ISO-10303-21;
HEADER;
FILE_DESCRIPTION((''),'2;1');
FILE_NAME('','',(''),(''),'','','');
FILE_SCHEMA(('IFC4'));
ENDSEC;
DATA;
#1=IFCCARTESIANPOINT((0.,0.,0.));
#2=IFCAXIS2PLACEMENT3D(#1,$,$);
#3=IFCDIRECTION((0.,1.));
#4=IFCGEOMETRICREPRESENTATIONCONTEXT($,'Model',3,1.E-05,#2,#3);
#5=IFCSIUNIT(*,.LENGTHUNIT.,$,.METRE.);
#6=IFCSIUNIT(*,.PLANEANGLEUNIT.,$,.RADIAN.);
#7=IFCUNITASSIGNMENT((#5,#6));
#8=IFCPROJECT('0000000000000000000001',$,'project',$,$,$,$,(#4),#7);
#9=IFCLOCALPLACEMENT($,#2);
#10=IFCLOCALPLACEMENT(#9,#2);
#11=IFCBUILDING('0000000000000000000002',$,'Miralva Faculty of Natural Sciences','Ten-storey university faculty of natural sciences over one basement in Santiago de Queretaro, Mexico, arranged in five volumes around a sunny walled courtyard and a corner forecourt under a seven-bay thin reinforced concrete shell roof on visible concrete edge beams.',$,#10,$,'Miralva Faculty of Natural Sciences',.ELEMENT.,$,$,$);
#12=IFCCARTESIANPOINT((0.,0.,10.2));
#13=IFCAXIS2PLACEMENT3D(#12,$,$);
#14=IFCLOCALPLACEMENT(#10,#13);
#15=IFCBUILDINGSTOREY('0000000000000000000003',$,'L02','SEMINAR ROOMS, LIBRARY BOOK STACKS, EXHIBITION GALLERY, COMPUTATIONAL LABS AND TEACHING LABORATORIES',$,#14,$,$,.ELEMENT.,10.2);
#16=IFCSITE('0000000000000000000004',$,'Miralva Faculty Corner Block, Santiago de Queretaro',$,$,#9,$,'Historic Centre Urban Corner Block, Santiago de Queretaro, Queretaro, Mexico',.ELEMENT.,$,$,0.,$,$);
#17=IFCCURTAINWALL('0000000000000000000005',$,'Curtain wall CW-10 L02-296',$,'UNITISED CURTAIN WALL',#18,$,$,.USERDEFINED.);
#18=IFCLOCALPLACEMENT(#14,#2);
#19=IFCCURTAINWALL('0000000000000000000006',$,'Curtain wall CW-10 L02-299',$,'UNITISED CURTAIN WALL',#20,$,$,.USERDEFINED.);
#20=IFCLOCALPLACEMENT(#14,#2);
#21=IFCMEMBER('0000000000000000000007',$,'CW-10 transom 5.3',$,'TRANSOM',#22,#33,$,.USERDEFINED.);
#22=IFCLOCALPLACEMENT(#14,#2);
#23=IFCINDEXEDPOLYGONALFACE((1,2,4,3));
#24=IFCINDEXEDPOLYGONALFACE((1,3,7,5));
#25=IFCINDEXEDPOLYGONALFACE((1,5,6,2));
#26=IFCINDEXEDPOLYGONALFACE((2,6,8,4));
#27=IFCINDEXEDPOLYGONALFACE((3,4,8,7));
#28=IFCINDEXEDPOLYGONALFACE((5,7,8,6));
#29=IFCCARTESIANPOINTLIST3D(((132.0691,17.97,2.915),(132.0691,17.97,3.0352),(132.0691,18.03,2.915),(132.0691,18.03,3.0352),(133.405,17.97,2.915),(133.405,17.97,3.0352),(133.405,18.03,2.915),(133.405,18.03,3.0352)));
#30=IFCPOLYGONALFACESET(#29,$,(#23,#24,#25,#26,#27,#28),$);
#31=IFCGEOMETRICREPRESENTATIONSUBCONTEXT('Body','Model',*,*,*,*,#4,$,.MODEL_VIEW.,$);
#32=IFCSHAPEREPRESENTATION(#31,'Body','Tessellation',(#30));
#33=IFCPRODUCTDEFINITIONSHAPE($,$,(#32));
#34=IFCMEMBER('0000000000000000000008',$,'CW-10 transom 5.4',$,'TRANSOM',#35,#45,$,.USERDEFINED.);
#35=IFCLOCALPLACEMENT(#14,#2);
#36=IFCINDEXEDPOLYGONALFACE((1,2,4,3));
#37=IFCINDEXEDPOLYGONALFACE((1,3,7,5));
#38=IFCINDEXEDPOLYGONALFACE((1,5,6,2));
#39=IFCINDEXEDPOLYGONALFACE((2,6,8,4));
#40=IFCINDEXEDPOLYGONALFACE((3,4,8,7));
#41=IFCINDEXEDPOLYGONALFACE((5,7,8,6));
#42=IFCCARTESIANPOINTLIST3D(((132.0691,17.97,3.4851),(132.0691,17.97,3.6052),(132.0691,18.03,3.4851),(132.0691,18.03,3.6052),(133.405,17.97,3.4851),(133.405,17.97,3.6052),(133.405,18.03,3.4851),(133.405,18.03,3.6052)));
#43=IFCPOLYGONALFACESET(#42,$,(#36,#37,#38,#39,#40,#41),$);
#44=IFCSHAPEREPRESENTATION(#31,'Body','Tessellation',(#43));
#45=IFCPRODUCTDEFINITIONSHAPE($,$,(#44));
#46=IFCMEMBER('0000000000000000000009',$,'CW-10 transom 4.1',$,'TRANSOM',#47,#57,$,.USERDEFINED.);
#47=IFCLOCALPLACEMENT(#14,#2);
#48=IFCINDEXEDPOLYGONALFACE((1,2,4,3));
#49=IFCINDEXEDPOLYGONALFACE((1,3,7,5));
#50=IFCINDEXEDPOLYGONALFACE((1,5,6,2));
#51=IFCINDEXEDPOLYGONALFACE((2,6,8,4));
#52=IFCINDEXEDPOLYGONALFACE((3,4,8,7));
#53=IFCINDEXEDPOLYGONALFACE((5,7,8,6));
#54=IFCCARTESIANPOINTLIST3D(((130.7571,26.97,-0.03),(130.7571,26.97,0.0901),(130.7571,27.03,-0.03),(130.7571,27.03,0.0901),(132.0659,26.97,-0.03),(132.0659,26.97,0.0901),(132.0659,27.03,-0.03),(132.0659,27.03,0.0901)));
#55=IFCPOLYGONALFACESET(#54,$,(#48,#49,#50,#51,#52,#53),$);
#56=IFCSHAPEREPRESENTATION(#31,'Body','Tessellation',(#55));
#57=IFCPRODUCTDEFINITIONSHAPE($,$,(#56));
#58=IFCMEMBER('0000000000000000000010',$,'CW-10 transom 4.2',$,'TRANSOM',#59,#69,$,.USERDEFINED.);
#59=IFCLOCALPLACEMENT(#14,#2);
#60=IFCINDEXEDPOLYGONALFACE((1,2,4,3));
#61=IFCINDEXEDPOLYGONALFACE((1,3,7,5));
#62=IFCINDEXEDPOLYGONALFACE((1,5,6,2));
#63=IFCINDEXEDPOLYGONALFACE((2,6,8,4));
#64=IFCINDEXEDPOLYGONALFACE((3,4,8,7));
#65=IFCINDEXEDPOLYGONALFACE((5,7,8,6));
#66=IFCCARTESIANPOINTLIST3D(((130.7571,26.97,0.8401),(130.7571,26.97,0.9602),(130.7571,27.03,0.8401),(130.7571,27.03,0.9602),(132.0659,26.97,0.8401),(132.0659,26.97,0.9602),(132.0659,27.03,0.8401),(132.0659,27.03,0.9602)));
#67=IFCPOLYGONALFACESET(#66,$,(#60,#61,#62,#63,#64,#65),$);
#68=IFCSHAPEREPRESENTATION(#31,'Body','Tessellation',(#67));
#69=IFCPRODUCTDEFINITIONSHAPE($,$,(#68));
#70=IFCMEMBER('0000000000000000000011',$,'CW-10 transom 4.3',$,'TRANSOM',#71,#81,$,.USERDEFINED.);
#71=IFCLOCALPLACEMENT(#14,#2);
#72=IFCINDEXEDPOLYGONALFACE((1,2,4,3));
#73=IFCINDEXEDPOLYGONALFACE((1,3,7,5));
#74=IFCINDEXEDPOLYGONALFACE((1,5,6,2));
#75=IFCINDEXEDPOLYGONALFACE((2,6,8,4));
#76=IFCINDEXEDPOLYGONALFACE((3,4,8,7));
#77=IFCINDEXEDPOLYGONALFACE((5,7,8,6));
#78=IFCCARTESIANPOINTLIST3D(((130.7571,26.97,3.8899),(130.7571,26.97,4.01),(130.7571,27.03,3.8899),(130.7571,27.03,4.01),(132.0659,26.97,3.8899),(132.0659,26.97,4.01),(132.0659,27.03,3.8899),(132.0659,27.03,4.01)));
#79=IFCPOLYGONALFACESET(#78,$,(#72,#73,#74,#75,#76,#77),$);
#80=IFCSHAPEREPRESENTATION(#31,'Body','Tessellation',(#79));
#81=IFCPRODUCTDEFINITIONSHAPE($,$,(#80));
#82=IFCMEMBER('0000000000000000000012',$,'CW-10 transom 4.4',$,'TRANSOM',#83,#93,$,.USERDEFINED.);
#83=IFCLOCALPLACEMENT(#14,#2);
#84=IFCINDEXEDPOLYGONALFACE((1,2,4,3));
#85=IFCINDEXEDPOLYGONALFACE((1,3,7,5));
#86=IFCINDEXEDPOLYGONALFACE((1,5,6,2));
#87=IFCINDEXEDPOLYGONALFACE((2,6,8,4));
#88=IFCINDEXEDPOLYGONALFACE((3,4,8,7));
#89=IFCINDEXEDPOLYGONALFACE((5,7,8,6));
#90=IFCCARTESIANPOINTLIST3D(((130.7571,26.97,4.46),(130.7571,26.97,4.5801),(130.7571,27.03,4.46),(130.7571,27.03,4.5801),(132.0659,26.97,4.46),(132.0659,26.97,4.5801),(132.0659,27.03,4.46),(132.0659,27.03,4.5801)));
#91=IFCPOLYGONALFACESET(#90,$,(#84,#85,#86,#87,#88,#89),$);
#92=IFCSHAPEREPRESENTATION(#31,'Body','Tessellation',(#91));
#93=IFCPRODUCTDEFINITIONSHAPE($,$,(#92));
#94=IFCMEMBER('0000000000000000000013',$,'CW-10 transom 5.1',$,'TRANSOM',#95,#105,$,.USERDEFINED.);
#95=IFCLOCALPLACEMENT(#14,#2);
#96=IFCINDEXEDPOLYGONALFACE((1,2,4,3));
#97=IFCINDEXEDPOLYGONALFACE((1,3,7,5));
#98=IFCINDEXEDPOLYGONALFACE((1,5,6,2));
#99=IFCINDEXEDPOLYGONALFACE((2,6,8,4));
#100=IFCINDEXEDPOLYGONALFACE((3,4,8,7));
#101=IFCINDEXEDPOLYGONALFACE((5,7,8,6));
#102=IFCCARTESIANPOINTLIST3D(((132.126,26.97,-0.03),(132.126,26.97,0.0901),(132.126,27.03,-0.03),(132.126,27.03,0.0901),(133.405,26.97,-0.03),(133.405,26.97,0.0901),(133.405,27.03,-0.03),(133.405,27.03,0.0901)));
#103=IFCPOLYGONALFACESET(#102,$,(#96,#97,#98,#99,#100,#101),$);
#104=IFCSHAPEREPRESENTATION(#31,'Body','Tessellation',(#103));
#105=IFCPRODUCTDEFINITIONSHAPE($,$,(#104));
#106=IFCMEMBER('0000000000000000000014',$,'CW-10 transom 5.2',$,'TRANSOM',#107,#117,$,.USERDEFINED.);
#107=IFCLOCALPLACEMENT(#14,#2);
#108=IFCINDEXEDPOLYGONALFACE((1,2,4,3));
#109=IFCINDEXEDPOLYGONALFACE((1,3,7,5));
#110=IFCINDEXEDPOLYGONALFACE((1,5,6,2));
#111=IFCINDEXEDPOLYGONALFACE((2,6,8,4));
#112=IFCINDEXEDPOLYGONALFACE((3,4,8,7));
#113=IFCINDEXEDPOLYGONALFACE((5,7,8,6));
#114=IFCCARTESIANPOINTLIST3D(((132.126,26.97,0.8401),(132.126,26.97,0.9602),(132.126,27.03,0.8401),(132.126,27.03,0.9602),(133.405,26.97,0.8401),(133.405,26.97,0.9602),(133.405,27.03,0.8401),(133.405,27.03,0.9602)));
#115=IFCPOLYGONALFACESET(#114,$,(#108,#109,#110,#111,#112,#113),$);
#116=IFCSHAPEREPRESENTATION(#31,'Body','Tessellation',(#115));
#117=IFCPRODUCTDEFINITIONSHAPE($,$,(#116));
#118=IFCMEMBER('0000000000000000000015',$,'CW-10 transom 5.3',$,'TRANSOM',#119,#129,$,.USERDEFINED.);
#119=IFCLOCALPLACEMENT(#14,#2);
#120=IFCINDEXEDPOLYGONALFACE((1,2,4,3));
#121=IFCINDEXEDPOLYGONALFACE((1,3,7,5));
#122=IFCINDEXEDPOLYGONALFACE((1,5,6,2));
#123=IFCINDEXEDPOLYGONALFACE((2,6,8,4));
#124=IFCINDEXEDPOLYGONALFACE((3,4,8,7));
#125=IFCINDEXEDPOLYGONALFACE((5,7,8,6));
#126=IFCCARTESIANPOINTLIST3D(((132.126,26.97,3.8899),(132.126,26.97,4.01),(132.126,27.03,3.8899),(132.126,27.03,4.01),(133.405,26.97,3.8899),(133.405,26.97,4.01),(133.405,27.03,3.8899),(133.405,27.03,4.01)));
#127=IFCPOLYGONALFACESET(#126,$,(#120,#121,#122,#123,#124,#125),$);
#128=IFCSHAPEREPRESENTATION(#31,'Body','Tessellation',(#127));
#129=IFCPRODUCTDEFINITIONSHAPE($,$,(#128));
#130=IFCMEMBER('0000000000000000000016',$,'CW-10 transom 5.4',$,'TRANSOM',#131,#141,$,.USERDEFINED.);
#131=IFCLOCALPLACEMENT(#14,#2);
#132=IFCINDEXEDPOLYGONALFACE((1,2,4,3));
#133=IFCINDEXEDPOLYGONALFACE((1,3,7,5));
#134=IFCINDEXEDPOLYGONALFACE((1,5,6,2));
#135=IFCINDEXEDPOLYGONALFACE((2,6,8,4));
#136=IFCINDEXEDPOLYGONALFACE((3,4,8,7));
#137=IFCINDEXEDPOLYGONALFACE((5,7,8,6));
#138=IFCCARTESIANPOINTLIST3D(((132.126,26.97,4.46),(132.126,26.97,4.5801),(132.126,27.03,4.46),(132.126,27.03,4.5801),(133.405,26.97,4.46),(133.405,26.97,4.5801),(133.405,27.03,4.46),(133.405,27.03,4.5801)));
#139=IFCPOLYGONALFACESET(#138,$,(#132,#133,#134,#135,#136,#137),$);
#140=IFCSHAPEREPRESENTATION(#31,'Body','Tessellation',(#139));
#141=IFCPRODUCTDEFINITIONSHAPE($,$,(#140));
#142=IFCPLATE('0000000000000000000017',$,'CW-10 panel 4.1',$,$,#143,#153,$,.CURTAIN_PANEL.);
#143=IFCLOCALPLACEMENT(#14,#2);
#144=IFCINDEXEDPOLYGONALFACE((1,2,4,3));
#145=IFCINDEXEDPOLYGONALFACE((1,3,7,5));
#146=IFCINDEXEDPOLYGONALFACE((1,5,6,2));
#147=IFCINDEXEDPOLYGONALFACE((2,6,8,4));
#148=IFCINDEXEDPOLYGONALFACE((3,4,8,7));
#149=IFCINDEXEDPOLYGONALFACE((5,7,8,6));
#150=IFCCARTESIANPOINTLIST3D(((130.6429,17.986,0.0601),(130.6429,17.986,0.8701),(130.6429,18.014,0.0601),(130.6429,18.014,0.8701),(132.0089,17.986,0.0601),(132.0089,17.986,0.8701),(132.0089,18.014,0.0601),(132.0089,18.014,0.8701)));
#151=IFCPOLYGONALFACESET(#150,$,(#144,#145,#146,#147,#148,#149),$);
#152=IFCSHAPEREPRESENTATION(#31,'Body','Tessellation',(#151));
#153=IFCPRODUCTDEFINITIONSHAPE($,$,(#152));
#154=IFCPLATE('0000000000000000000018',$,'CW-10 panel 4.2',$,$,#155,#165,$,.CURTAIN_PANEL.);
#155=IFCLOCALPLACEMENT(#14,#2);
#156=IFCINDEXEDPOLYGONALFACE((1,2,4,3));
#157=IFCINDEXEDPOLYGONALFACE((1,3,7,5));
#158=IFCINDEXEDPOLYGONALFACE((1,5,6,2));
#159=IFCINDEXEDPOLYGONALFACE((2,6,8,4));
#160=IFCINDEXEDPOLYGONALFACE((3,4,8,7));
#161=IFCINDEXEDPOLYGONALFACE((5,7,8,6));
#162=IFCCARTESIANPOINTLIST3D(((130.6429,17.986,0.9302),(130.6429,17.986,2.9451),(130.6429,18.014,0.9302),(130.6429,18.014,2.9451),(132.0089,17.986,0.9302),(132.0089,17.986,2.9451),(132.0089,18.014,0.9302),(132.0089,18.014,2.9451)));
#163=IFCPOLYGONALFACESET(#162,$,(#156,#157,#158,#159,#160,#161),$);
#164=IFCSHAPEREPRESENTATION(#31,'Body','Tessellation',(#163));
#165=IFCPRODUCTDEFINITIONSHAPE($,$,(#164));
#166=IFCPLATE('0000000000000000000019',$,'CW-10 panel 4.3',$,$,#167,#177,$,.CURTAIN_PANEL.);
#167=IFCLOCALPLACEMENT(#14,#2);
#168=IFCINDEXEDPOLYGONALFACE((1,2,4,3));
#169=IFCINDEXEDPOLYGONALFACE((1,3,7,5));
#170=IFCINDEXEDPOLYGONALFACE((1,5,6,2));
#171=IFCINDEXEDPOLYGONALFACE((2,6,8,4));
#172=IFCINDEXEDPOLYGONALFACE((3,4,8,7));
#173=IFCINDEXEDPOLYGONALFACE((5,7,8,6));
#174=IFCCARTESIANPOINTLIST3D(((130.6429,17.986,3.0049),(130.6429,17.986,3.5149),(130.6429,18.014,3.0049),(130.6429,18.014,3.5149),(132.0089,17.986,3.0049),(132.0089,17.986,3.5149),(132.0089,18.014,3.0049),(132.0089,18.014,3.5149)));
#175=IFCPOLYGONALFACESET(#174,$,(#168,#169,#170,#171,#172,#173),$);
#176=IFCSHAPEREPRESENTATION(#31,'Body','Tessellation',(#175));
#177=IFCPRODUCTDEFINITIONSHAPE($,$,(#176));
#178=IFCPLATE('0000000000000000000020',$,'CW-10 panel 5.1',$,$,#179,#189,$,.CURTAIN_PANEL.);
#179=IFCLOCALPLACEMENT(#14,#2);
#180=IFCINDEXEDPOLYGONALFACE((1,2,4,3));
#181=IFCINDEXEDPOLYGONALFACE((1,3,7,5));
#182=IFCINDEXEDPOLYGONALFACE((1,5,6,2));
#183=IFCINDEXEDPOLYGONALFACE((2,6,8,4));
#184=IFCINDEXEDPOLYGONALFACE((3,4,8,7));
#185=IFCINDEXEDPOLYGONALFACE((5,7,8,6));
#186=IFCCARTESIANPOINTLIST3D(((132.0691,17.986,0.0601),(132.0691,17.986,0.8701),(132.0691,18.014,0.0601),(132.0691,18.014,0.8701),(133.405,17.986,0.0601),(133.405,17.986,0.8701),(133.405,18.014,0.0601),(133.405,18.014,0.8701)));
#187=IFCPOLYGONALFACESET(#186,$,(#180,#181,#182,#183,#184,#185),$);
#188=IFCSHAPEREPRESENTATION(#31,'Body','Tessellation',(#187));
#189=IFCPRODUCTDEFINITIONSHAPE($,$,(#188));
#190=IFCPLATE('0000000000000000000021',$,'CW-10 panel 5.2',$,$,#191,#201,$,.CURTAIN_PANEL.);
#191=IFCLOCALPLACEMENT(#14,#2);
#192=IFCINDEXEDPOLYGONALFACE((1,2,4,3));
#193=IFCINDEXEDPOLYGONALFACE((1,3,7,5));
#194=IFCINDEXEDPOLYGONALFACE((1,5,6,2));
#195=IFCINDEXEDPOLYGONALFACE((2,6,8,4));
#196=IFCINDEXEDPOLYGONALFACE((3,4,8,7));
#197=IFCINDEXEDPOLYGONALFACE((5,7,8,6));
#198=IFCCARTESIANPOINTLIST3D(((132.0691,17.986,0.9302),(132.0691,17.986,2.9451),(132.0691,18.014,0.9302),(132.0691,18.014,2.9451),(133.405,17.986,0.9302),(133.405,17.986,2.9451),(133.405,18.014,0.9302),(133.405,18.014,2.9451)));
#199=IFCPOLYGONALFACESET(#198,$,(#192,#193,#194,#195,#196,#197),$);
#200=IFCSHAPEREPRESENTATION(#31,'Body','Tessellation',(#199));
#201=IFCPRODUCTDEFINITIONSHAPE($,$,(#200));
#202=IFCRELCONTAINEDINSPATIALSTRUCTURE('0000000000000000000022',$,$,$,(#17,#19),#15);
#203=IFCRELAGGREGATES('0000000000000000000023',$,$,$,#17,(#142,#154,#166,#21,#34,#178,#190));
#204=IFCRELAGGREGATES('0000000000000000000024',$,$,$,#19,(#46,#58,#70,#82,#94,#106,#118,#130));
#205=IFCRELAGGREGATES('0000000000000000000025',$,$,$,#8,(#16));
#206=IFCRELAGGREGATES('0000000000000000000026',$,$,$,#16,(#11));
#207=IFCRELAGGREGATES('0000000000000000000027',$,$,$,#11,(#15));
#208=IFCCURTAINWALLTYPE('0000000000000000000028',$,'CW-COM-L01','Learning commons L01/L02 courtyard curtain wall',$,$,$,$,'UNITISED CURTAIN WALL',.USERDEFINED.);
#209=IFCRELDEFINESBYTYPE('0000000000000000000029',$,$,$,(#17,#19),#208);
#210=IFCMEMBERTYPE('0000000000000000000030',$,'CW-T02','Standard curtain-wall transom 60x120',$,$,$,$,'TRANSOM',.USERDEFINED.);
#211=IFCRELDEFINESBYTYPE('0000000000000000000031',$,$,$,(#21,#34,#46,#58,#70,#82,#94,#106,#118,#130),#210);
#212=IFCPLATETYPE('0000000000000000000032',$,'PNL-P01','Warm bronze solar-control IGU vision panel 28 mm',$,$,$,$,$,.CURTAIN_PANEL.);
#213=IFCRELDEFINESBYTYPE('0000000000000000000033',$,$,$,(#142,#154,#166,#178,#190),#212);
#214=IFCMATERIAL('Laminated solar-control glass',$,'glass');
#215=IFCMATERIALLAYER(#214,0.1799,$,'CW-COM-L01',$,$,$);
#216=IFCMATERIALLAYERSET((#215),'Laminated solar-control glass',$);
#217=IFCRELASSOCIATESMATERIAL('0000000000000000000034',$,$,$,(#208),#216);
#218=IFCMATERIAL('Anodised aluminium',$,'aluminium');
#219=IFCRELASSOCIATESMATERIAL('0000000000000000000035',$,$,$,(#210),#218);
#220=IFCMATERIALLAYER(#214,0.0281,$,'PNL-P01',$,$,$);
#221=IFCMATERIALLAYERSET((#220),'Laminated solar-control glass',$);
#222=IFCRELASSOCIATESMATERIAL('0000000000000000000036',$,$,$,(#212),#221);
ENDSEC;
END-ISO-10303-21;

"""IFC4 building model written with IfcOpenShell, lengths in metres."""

from ifc_helpers import new_model, si_unit, direction, frame, origin, origin_2d, place, context, subcontext, project, spatial, rectangle, extrude, material, layer, layer_set, material_profile, profile_set, type_object, element, aggregate, save


model = new_model("IFC4")

# Units and contexts
model_context = context("Model", 3, precision=1e-05, world=origin(), true_north=direction((0.0, 1.0)))
body_context = subcontext(model_context, "Body", "Model", "MODEL_VIEW")
ifc_project = project(units=[si_unit("LENGTHUNIT", "METRE"), si_unit("PLANEANGLEUNIT", "RADIAN")], contexts=[model_context])

# Site, building, storey
site_placement = place(None, origin())
site = spatial("IfcSite", under=ifc_project, at=site_placement, Name="Miralva Faculty Corner Block, Santiago de Queretaro", LongName="Historic Centre Urban Corner Block, Santiago de Queretaro, Queretaro, Mexico", CompositionType="ELEMENT", RefElevation=0.0)
building_placement = place(site_placement, origin())
building = spatial("IfcBuilding", under=site, at=building_placement, Name="Miralva Faculty of Natural Sciences", Description="Ten-storey university faculty of natural sciences over one basement in Santiago de Queretaro, Mexico, arranged in five volumes around a sunny walled courtyard and a corner forecourt under a seven-bay thin reinforced concrete shell roof on visible concrete edge beams.", LongName="Miralva Faculty of Natural Sciences", CompositionType="ELEMENT")
storey_placement = place(building_placement, frame((0.0, 0.0, 10.2)))
storey = spatial("IfcBuildingStorey", under=building, at=storey_placement, Name="L02", Description="SEMINAR ROOMS, LIBRARY BOOK STACKS, EXHIBITION GALLERY, COMPUTATIONAL LABS AND TEACHING LABORATORIES", CompositionType="ELEMENT", Elevation=10.2)

# Curtain walls
ifc_material_1 = material(Name="Laminated solar-control glass", Category="glass")
ifc_layer_1 = layer(ifc_material_1, 0.1799, Name="CW-COM-L01")
ifc_layer_set_1 = layer_set([ifc_layer_1], Name="Laminated solar-control glass")
curtain_wall_type = type_object("IfcCurtainWallType", Name="CW-COM-L01", Description="Learning commons L01/L02 courtyard curtain wall", ElementType="UNITISED CURTAIN WALL", PredefinedType="USERDEFINED", material=ifc_layer_set_1)
curtain_wall_1_placement = place(storey_placement, origin())
curtain_wall_1 = element("IfcCurtainWall", 1, at=curtain_wall_1_placement, inside=storey, type_object=curtain_wall_type, Name="Curtain wall CW-10 L02-296", ObjectType="UNITISED CURTAIN WALL", PredefinedType="USERDEFINED")
ifc_material_2 = material(Name="Anodised aluminium", Category="aluminium")
curtain_wall_2_placement = place(storey_placement, origin())
curtain_wall_2 = element("IfcCurtainWall", 2, at=curtain_wall_2_placement, inside=storey, type_object=curtain_wall_type, Name="Curtain wall CW-10 L02-299", ObjectType="UNITISED CURTAIN WALL", PredefinedType="USERDEFINED")

# Members
ifc_material_profile_1 = material_profile(ifc_material_2, rectangle(XDim=0.0601, YDim=0.1201, at=origin_2d()), Name="TRANSOM 60x120")
ifc_profile_set_1 = profile_set([ifc_material_profile_1], Name="Anodised aluminium")
member_type_1 = type_object("IfcMemberType", Name="CW-T02", Description="Standard curtain-wall transom 60x120", ElementType="TRANSOM", PredefinedType="USERDEFINED", material=ifc_profile_set_1)
member_1_placement = place(storey_placement, frame((132.0691, 18.0, 2.9751), z_axis=(1.0, 0.0, 0.0), x_axis=(0.0, 1.0, 0.0)))
member_1 = element("IfcMember", 3, at=member_1_placement, type_object=member_type_1, Name="CW-10 transom 5.3", ObjectType="TRANSOM", PredefinedType="USERDEFINED", context=body_context, shape_type="SweptSolid", body=[
    extrude(rectangle(XDim=0.0601, YDim=0.1201, at=origin_2d()), origin(), (0.0, 0.0, 1.0), 1.3359),
])
member_2_placement = place(storey_placement, frame((132.0691, 18.0, 3.5452), z_axis=(1.0, 0.0, 0.0), x_axis=(0.0, 1.0, 0.0)))
member_2 = element("IfcMember", 4, at=member_2_placement, type_object=member_type_1, Name="CW-10 transom 5.4", ObjectType="TRANSOM", PredefinedType="USERDEFINED", context=body_context, shape_type="SweptSolid", body=[
    extrude(rectangle(XDim=0.0601, YDim=0.1201, at=origin_2d()), origin(), (0.0, 0.0, 1.0), 1.3359),
])
member_3_placement = place(storey_placement, frame((130.7571, 27.0, 0.03), z_axis=(1.0, 0.0, 0.0), x_axis=(0.0, 1.0, 0.0)))
member_3 = element("IfcMember", 5, at=member_3_placement, type_object=member_type_1, Name="CW-10 transom 4.1", ObjectType="TRANSOM", PredefinedType="USERDEFINED", context=body_context, shape_type="SweptSolid", body=[
    extrude(rectangle(XDim=0.0601, YDim=0.1201, at=origin_2d()), origin(), (0.0, 0.0, 1.0), 1.3088),
])
member_4_placement = place(storey_placement, frame((130.7571, 27.0, 0.9001), z_axis=(1.0, 0.0, 0.0), x_axis=(0.0, 1.0, 0.0)))
member_4 = element("IfcMember", 6, at=member_4_placement, type_object=member_type_1, Name="CW-10 transom 4.2", ObjectType="TRANSOM", PredefinedType="USERDEFINED", context=body_context, shape_type="SweptSolid", body=[
    extrude(rectangle(XDim=0.0601, YDim=0.1201, at=origin_2d()), origin(), (0.0, 0.0, 1.0), 1.3088),
])
member_5_placement = place(storey_placement, frame((130.7571, 27.0, 3.95), z_axis=(1.0, 0.0, 0.0), x_axis=(0.0, 1.0, 0.0)))
member_5 = element("IfcMember", 7, at=member_5_placement, type_object=member_type_1, Name="CW-10 transom 4.3", ObjectType="TRANSOM", PredefinedType="USERDEFINED", context=body_context, shape_type="SweptSolid", body=[
    extrude(rectangle(XDim=0.0601, YDim=0.1201, at=origin_2d()), origin(), (0.0, 0.0, 1.0), 1.3088),
])
member_6_placement = place(storey_placement, frame((130.7571, 27.0, 4.52), z_axis=(1.0, 0.0, 0.0), x_axis=(0.0, 1.0, 0.0)))
member_6 = element("IfcMember", 8, at=member_6_placement, type_object=member_type_1, Name="CW-10 transom 4.4", ObjectType="TRANSOM", PredefinedType="USERDEFINED", context=body_context, shape_type="SweptSolid", body=[
    extrude(rectangle(XDim=0.0601, YDim=0.1201, at=origin_2d()), origin(), (0.0, 0.0, 1.0), 1.3088),
])
member_7_placement = place(storey_placement, frame((132.126, 27.0, 0.03), z_axis=(1.0, 0.0, 0.0), x_axis=(0.0, 1.0, 0.0)))
member_7 = element("IfcMember", 9, at=member_7_placement, type_object=member_type_1, Name="CW-10 transom 5.1", ObjectType="TRANSOM", PredefinedType="USERDEFINED", context=body_context, shape_type="SweptSolid", body=[
    extrude(rectangle(XDim=0.0601, YDim=0.1201, at=origin_2d()), origin(), (0.0, 0.0, 1.0), 1.2791),
])
member_8_placement = place(storey_placement, frame((132.126, 27.0, 0.9001), z_axis=(1.0, 0.0, 0.0), x_axis=(0.0, 1.0, 0.0)))
member_8 = element("IfcMember", 10, at=member_8_placement, type_object=member_type_1, Name="CW-10 transom 5.2", ObjectType="TRANSOM", PredefinedType="USERDEFINED", context=body_context, shape_type="SweptSolid", body=[
    extrude(rectangle(XDim=0.0601, YDim=0.1201, at=origin_2d()), origin(), (0.0, 0.0, 1.0), 1.2791),
])
member_9_placement = place(storey_placement, frame((132.126, 27.0, 3.95), z_axis=(1.0, 0.0, 0.0), x_axis=(0.0, 1.0, 0.0)))
member_9 = element("IfcMember", 11, at=member_9_placement, type_object=member_type_1, Name="CW-10 transom 5.3", ObjectType="TRANSOM", PredefinedType="USERDEFINED", context=body_context, shape_type="SweptSolid", body=[
    extrude(rectangle(XDim=0.0601, YDim=0.1201, at=origin_2d()), origin(), (0.0, 0.0, 1.0), 1.2791),
])
member_10_placement = place(storey_placement, frame((132.126, 27.0, 4.52), z_axis=(1.0, 0.0, 0.0), x_axis=(0.0, 1.0, 0.0)))
member_10 = element("IfcMember", 12, at=member_10_placement, type_object=member_type_1, Name="CW-10 transom 5.4", ObjectType="TRANSOM", PredefinedType="USERDEFINED", context=body_context, shape_type="SweptSolid", body=[
    extrude(rectangle(XDim=0.0601, YDim=0.1201, at=origin_2d()), origin(), (0.0, 0.0, 1.0), 1.2791),
])

# Plates
ifc_layer_2 = layer(ifc_material_1, 0.0281, Name="PNL-P01")
ifc_layer_set_2 = layer_set([ifc_layer_2], Name="Laminated solar-control glass")
plate_type = type_object("IfcPlateType", Name="PNL-P01", Description="Warm bronze solar-control IGU vision panel 28 mm", PredefinedType="CURTAIN_PANEL", material=ifc_layer_set_2)
plate_1_placement = place(storey_placement, frame((131.3259, 18.0, 0.0601), z_axis=(0.0, 0.0, 1.0), x_axis=(1.0, 0.0, 0.0)))
plate_1 = element("IfcPlate", 13, at=plate_1_placement, type_object=plate_type, Name="CW-10 panel 4.1", PredefinedType="CURTAIN_PANEL", context=body_context, shape_type="SweptSolid", body=[
    extrude(rectangle(XDim=1.366, YDim=0.0281, at=origin_2d()), origin(), (0.0, 0.0, 1.0), 0.8101),
])
plate_2_placement = place(storey_placement, frame((131.3259, 18.0, 0.9302), z_axis=(0.0, 0.0, 1.0), x_axis=(1.0, 0.0, 0.0)))
plate_2 = element("IfcPlate", 14, at=plate_2_placement, type_object=plate_type, Name="CW-10 panel 4.2", PredefinedType="CURTAIN_PANEL", context=body_context, shape_type="SweptSolid", body=[
    extrude(rectangle(XDim=1.366, YDim=0.0281, at=origin_2d()), origin(), (0.0, 0.0, 1.0), 2.0149),
])
plate_3_placement = place(storey_placement, frame((131.3259, 18.0, 3.0049), z_axis=(0.0, 0.0, 1.0), x_axis=(1.0, 0.0, 0.0)))
plate_3 = element("IfcPlate", 15, at=plate_3_placement, type_object=plate_type, Name="CW-10 panel 4.3", PredefinedType="CURTAIN_PANEL", context=body_context, shape_type="SweptSolid", body=[
    extrude(rectangle(XDim=1.366, YDim=0.0281, at=origin_2d()), origin(), (0.0, 0.0, 1.0), 0.51),
])
plate_4_placement = place(storey_placement, frame((132.7371, 18.0, 0.0601), z_axis=(0.0, 0.0, 1.0), x_axis=(1.0, 0.0, 0.0)))
plate_4 = element("IfcPlate", 16, at=plate_4_placement, type_object=plate_type, Name="CW-10 panel 5.1", PredefinedType="CURTAIN_PANEL", context=body_context, shape_type="SweptSolid", body=[
    extrude(rectangle(XDim=1.3359, YDim=0.0281, at=origin_2d()), origin(), (0.0, 0.0, 1.0), 0.8101),
])
plate_5_placement = place(storey_placement, frame((132.7371, 18.0, 0.9302), z_axis=(0.0, 0.0, 1.0), x_axis=(1.0, 0.0, 0.0)))
plate_5 = element("IfcPlate", 17, at=plate_5_placement, type_object=plate_type, Name="CW-10 panel 5.2", PredefinedType="CURTAIN_PANEL", context=body_context, shape_type="SweptSolid", body=[
    extrude(rectangle(XDim=1.3359, YDim=0.0281, at=origin_2d()), origin(), (0.0, 0.0, 1.0), 2.0149),
])
aggregate(curtain_wall_1, [plate_1, plate_2, plate_3, member_1, member_2, plate_4, plate_5])
aggregate(curtain_wall_2, [member_3, member_4, member_5, member_6, member_7, member_8, member_9, member_10])

save(model, "model.ifc")
